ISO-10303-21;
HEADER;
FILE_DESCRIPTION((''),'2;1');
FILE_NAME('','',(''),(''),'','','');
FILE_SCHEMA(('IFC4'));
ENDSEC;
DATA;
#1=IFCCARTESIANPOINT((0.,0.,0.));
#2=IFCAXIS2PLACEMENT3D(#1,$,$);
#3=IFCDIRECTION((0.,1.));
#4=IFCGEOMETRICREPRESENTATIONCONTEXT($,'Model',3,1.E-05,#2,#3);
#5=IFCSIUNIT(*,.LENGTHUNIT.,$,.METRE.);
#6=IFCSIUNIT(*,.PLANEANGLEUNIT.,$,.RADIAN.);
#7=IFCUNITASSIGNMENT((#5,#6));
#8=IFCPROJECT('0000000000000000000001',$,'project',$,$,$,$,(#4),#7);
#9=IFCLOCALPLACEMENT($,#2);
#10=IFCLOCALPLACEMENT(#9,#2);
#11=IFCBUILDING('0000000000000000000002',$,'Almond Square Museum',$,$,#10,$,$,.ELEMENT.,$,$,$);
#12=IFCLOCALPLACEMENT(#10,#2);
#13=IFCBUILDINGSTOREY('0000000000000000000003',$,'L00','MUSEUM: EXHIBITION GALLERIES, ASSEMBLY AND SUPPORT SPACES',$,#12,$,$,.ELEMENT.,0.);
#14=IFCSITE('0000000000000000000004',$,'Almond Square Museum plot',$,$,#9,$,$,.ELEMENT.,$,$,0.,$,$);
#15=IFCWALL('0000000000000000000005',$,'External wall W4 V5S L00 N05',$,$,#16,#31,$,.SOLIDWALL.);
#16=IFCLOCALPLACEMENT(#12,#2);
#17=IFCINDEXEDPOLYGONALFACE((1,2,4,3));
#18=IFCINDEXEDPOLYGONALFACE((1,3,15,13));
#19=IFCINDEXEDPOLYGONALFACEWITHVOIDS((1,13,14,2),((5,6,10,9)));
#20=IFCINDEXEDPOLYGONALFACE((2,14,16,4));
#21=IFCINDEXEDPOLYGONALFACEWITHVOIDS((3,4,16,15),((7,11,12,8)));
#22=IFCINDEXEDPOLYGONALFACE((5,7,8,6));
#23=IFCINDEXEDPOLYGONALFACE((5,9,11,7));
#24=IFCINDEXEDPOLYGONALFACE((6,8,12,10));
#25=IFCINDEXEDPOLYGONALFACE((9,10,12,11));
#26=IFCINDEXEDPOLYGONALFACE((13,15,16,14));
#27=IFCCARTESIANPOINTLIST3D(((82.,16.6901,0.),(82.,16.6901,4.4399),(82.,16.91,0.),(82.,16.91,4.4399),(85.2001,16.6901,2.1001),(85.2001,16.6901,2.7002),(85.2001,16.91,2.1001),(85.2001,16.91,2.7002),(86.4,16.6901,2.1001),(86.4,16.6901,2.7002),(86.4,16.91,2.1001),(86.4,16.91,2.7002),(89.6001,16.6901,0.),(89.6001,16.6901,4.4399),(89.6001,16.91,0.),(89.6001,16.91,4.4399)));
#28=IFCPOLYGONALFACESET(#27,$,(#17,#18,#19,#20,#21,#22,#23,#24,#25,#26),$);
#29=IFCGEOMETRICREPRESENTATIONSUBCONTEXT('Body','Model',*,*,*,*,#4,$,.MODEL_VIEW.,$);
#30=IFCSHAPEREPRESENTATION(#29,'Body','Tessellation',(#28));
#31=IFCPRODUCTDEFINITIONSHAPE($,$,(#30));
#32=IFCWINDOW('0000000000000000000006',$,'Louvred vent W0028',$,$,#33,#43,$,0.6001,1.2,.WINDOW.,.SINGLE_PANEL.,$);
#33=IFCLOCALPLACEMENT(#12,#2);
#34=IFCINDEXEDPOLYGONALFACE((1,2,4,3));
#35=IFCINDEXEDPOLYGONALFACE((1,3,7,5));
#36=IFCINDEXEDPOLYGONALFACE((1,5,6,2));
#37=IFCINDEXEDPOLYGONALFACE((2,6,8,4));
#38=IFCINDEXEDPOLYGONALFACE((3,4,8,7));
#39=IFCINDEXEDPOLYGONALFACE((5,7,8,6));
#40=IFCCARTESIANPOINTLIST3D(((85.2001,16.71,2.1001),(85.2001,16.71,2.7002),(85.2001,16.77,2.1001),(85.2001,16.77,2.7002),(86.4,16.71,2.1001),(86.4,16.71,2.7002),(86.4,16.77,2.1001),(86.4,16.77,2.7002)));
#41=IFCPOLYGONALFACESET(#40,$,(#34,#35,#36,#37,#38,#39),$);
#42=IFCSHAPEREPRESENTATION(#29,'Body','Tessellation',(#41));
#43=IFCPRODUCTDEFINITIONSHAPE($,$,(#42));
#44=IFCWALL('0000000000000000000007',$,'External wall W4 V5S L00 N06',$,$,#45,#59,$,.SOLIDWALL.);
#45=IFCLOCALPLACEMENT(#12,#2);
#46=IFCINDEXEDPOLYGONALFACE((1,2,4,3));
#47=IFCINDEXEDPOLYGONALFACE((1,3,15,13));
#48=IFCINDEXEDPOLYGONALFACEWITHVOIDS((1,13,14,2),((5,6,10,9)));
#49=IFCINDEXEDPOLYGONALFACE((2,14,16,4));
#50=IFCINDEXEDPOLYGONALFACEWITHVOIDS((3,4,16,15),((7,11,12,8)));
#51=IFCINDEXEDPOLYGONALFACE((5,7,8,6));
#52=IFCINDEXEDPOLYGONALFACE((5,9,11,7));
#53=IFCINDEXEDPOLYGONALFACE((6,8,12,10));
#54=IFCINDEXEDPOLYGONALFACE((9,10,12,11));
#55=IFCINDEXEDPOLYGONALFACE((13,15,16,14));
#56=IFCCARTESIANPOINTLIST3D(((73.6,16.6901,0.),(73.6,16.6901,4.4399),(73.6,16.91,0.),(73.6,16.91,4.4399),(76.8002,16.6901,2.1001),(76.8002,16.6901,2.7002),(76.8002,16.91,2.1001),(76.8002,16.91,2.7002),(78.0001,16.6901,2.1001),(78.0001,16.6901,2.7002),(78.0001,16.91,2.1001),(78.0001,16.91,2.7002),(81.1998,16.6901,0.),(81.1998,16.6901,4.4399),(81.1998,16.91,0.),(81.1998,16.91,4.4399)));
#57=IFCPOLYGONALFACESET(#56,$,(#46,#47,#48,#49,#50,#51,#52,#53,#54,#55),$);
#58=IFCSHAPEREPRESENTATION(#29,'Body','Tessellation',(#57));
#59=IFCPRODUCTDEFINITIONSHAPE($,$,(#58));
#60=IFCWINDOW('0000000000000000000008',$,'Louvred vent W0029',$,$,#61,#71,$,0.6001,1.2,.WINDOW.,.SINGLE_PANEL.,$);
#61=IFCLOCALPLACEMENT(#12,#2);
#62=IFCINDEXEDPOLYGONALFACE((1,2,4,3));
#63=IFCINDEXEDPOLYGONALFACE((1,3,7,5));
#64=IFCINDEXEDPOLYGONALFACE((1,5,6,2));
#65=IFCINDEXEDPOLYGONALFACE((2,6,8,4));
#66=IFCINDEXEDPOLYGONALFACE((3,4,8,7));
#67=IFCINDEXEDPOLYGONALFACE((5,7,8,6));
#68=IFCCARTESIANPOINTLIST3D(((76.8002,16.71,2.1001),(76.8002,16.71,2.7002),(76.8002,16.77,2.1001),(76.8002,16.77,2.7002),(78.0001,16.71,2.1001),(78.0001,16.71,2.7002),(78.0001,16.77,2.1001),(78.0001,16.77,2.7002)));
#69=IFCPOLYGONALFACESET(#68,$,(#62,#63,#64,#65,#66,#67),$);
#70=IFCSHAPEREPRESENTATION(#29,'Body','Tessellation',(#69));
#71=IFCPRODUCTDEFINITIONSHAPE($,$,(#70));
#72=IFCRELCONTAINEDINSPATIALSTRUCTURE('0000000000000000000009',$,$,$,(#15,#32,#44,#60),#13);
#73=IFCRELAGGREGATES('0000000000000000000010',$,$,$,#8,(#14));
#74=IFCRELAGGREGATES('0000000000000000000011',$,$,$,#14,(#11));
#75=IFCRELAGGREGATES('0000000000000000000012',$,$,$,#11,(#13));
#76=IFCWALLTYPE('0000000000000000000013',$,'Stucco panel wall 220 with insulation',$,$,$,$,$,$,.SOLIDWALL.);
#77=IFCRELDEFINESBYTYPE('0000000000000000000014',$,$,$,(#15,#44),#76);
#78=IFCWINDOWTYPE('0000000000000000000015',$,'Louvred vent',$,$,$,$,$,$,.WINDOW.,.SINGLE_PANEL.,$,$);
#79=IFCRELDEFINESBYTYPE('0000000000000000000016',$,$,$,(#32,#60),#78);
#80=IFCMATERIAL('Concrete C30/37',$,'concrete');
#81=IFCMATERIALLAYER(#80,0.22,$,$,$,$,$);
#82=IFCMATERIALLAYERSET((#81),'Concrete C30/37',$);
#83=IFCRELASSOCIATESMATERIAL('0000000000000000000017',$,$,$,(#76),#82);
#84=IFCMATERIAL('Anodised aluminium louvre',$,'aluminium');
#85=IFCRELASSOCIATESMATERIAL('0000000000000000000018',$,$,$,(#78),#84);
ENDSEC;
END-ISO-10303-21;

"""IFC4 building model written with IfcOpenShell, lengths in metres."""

from ifc_helpers import new_model, si_unit, direction, frame, frame_2d, origin, place, context, subcontext, project, spatial, rectangle, extrude, material, layer, layer_set, type_object, element, fill, save


model = new_model("IFC4")

# Units and contexts
model_context = context("Model", 3, precision=1e-05, world=origin(), true_north=direction((0.0, 1.0)))
body_context = subcontext(model_context, "Body", "Model", "MODEL_VIEW")
ifc_project = project(units=[si_unit("LENGTHUNIT", "METRE"), si_unit("PLANEANGLEUNIT", "RADIAN")], contexts=[model_context])

# Site, building, storey
site_placement = place(None, origin())
site = spatial("IfcSite", under=ifc_project, at=site_placement, Name="Almond Square Museum plot", CompositionType="ELEMENT", RefElevation=0.0)
building_placement = place(site_placement, origin())
building = spatial("IfcBuilding", under=site, at=building_placement, Name="Almond Square Museum", CompositionType="ELEMENT")
storey_placement = place(building_placement, origin())
storey = spatial("IfcBuildingStorey", under=building, at=storey_placement, Name="L00", Description="MUSEUM: EXHIBITION GALLERIES, ASSEMBLY AND SUPPORT SPACES", CompositionType="ELEMENT", Elevation=0.0)

# Walls, openings, windows
ifc_material_1 = material(Name="Concrete C30/37", Category="concrete")
ifc_layer = layer(ifc_material_1, 0.22)
ifc_layer_set = layer_set([ifc_layer], Name="Concrete C30/37")
wall_type = type_object("IfcWallType", Name="Stucco panel wall 220 with insulation", PredefinedType="SOLIDWALL", material=ifc_layer_set)
wall_1_placement = place(storey_placement, frame((82.0, 16.8, 0.0), z_axis=(0.0, 0.0, 1.0), x_axis=(1.0, 0.0, 0.0)))
wall_1 = element("IfcWall", 1, at=wall_1_placement, inside=storey, type_object=wall_type, Name="External wall W4 V5S L00 N05", PredefinedType="SOLIDWALL", context=body_context, shape_type="SweptSolid", body=[
    extrude(rectangle(XDim=7.6001, YDim=0.22, at=frame_2d((3.8, 0.0))), origin(), (0.0, 0.0, 1.0), 4.4399),
])
opening_1_placement = place(wall_1_placement, frame((3.2, 0.0, 2.1001)))
opening_1 = element("IfcOpeningElement", 2, at=opening_1_placement, cuts=wall_1, PredefinedType="OPENING", context=body_context, shape_type="SweptSolid", body=[
    extrude(rectangle(XDim=1.2, YDim=0.6001, at=frame_2d((0.6001, 0.3))), frame((0.0, 0.1199, 0.0), z_axis=(0.0, -1.0, 0.0), x_axis=(1.0, 0.0, 0.0)), (0.0, 0.0, 1.0), 0.24),
])
ifc_material_2 = material(Name="Anodised aluminium louvre", Category="aluminium")
window_type = type_object("IfcWindowType", Name="Louvred vent", PartitioningType="SINGLE_PANEL", PredefinedType="WINDOW", material=ifc_material_2)
window_1_placement = place(opening_1_placement, origin())
window_1 = element("IfcWindow", 3, at=window_1_placement, inside=storey, type_object=window_type, Name="Louvred vent W0028", OverallHeight=0.6001, OverallWidth=1.2, PartitioningType="SINGLE_PANEL", PredefinedType="WINDOW", context=body_context, shape_type="SweptSolid", body=[
    extrude(rectangle(XDim=1.2, YDim=0.6001, at=frame_2d((0.6001, 0.3))), frame((0.0, -0.03, 0.0), z_axis=(0.0, -1.0, 0.0), x_axis=(1.0, 0.0, 0.0)), (0.0, 0.0, 1.0), 0.0601),
])
fill(opening_1, window_1)
wall_2_placement = place(storey_placement, frame((73.6001, 16.8, 0.0), z_axis=(0.0, 0.0, 1.0), x_axis=(1.0, 0.0, 0.0)))
wall_2 = element("IfcWall", 4, at=wall_2_placement, inside=storey, type_object=wall_type, Name="External wall W4 V5S L00 N06", PredefinedType="SOLIDWALL", context=body_context, shape_type="SweptSolid", body=[
    extrude(rectangle(XDim=7.5999, YDim=0.22, at=frame_2d((3.7998, 0.0))), origin(), (0.0, 0.0, 1.0), 4.4399),
])
opening_2_placement = place(wall_2_placement, frame((3.2, 0.0, 2.1001)))
opening_2 = element("IfcOpeningElement", 5, at=opening_2_placement, cuts=wall_2, PredefinedType="OPENING", context=body_context, shape_type="SweptSolid", body=[
    extrude(rectangle(XDim=1.2, YDim=0.6001, at=frame_2d((0.6001, 0.3))), frame((0.0, 0.1199, 0.0), z_axis=(0.0, -1.0, 0.0), x_axis=(1.0, 0.0, 0.0)), (0.0, 0.0, 1.0), 0.24),
])
window_2_placement = place(opening_2_placement, origin())
window_2 = element("IfcWindow", 6, at=window_2_placement, inside=storey, type_object=window_type, Name="Louvred vent W0029", OverallHeight=0.6001, OverallWidth=1.2, PartitioningType="SINGLE_PANEL", PredefinedType="WINDOW", context=body_context, shape_type="SweptSolid", body=[
    extrude(rectangle(XDim=1.2, YDim=0.6001, at=frame_2d((0.6001, 0.3))), frame((0.0, -0.03, 0.0), z_axis=(0.0, -1.0, 0.0), x_axis=(1.0, 0.0, 0.0)), (0.0, 0.0, 1.0), 0.0601),
])
fill(opening_2, window_2)

save(model, "model.ifc")
